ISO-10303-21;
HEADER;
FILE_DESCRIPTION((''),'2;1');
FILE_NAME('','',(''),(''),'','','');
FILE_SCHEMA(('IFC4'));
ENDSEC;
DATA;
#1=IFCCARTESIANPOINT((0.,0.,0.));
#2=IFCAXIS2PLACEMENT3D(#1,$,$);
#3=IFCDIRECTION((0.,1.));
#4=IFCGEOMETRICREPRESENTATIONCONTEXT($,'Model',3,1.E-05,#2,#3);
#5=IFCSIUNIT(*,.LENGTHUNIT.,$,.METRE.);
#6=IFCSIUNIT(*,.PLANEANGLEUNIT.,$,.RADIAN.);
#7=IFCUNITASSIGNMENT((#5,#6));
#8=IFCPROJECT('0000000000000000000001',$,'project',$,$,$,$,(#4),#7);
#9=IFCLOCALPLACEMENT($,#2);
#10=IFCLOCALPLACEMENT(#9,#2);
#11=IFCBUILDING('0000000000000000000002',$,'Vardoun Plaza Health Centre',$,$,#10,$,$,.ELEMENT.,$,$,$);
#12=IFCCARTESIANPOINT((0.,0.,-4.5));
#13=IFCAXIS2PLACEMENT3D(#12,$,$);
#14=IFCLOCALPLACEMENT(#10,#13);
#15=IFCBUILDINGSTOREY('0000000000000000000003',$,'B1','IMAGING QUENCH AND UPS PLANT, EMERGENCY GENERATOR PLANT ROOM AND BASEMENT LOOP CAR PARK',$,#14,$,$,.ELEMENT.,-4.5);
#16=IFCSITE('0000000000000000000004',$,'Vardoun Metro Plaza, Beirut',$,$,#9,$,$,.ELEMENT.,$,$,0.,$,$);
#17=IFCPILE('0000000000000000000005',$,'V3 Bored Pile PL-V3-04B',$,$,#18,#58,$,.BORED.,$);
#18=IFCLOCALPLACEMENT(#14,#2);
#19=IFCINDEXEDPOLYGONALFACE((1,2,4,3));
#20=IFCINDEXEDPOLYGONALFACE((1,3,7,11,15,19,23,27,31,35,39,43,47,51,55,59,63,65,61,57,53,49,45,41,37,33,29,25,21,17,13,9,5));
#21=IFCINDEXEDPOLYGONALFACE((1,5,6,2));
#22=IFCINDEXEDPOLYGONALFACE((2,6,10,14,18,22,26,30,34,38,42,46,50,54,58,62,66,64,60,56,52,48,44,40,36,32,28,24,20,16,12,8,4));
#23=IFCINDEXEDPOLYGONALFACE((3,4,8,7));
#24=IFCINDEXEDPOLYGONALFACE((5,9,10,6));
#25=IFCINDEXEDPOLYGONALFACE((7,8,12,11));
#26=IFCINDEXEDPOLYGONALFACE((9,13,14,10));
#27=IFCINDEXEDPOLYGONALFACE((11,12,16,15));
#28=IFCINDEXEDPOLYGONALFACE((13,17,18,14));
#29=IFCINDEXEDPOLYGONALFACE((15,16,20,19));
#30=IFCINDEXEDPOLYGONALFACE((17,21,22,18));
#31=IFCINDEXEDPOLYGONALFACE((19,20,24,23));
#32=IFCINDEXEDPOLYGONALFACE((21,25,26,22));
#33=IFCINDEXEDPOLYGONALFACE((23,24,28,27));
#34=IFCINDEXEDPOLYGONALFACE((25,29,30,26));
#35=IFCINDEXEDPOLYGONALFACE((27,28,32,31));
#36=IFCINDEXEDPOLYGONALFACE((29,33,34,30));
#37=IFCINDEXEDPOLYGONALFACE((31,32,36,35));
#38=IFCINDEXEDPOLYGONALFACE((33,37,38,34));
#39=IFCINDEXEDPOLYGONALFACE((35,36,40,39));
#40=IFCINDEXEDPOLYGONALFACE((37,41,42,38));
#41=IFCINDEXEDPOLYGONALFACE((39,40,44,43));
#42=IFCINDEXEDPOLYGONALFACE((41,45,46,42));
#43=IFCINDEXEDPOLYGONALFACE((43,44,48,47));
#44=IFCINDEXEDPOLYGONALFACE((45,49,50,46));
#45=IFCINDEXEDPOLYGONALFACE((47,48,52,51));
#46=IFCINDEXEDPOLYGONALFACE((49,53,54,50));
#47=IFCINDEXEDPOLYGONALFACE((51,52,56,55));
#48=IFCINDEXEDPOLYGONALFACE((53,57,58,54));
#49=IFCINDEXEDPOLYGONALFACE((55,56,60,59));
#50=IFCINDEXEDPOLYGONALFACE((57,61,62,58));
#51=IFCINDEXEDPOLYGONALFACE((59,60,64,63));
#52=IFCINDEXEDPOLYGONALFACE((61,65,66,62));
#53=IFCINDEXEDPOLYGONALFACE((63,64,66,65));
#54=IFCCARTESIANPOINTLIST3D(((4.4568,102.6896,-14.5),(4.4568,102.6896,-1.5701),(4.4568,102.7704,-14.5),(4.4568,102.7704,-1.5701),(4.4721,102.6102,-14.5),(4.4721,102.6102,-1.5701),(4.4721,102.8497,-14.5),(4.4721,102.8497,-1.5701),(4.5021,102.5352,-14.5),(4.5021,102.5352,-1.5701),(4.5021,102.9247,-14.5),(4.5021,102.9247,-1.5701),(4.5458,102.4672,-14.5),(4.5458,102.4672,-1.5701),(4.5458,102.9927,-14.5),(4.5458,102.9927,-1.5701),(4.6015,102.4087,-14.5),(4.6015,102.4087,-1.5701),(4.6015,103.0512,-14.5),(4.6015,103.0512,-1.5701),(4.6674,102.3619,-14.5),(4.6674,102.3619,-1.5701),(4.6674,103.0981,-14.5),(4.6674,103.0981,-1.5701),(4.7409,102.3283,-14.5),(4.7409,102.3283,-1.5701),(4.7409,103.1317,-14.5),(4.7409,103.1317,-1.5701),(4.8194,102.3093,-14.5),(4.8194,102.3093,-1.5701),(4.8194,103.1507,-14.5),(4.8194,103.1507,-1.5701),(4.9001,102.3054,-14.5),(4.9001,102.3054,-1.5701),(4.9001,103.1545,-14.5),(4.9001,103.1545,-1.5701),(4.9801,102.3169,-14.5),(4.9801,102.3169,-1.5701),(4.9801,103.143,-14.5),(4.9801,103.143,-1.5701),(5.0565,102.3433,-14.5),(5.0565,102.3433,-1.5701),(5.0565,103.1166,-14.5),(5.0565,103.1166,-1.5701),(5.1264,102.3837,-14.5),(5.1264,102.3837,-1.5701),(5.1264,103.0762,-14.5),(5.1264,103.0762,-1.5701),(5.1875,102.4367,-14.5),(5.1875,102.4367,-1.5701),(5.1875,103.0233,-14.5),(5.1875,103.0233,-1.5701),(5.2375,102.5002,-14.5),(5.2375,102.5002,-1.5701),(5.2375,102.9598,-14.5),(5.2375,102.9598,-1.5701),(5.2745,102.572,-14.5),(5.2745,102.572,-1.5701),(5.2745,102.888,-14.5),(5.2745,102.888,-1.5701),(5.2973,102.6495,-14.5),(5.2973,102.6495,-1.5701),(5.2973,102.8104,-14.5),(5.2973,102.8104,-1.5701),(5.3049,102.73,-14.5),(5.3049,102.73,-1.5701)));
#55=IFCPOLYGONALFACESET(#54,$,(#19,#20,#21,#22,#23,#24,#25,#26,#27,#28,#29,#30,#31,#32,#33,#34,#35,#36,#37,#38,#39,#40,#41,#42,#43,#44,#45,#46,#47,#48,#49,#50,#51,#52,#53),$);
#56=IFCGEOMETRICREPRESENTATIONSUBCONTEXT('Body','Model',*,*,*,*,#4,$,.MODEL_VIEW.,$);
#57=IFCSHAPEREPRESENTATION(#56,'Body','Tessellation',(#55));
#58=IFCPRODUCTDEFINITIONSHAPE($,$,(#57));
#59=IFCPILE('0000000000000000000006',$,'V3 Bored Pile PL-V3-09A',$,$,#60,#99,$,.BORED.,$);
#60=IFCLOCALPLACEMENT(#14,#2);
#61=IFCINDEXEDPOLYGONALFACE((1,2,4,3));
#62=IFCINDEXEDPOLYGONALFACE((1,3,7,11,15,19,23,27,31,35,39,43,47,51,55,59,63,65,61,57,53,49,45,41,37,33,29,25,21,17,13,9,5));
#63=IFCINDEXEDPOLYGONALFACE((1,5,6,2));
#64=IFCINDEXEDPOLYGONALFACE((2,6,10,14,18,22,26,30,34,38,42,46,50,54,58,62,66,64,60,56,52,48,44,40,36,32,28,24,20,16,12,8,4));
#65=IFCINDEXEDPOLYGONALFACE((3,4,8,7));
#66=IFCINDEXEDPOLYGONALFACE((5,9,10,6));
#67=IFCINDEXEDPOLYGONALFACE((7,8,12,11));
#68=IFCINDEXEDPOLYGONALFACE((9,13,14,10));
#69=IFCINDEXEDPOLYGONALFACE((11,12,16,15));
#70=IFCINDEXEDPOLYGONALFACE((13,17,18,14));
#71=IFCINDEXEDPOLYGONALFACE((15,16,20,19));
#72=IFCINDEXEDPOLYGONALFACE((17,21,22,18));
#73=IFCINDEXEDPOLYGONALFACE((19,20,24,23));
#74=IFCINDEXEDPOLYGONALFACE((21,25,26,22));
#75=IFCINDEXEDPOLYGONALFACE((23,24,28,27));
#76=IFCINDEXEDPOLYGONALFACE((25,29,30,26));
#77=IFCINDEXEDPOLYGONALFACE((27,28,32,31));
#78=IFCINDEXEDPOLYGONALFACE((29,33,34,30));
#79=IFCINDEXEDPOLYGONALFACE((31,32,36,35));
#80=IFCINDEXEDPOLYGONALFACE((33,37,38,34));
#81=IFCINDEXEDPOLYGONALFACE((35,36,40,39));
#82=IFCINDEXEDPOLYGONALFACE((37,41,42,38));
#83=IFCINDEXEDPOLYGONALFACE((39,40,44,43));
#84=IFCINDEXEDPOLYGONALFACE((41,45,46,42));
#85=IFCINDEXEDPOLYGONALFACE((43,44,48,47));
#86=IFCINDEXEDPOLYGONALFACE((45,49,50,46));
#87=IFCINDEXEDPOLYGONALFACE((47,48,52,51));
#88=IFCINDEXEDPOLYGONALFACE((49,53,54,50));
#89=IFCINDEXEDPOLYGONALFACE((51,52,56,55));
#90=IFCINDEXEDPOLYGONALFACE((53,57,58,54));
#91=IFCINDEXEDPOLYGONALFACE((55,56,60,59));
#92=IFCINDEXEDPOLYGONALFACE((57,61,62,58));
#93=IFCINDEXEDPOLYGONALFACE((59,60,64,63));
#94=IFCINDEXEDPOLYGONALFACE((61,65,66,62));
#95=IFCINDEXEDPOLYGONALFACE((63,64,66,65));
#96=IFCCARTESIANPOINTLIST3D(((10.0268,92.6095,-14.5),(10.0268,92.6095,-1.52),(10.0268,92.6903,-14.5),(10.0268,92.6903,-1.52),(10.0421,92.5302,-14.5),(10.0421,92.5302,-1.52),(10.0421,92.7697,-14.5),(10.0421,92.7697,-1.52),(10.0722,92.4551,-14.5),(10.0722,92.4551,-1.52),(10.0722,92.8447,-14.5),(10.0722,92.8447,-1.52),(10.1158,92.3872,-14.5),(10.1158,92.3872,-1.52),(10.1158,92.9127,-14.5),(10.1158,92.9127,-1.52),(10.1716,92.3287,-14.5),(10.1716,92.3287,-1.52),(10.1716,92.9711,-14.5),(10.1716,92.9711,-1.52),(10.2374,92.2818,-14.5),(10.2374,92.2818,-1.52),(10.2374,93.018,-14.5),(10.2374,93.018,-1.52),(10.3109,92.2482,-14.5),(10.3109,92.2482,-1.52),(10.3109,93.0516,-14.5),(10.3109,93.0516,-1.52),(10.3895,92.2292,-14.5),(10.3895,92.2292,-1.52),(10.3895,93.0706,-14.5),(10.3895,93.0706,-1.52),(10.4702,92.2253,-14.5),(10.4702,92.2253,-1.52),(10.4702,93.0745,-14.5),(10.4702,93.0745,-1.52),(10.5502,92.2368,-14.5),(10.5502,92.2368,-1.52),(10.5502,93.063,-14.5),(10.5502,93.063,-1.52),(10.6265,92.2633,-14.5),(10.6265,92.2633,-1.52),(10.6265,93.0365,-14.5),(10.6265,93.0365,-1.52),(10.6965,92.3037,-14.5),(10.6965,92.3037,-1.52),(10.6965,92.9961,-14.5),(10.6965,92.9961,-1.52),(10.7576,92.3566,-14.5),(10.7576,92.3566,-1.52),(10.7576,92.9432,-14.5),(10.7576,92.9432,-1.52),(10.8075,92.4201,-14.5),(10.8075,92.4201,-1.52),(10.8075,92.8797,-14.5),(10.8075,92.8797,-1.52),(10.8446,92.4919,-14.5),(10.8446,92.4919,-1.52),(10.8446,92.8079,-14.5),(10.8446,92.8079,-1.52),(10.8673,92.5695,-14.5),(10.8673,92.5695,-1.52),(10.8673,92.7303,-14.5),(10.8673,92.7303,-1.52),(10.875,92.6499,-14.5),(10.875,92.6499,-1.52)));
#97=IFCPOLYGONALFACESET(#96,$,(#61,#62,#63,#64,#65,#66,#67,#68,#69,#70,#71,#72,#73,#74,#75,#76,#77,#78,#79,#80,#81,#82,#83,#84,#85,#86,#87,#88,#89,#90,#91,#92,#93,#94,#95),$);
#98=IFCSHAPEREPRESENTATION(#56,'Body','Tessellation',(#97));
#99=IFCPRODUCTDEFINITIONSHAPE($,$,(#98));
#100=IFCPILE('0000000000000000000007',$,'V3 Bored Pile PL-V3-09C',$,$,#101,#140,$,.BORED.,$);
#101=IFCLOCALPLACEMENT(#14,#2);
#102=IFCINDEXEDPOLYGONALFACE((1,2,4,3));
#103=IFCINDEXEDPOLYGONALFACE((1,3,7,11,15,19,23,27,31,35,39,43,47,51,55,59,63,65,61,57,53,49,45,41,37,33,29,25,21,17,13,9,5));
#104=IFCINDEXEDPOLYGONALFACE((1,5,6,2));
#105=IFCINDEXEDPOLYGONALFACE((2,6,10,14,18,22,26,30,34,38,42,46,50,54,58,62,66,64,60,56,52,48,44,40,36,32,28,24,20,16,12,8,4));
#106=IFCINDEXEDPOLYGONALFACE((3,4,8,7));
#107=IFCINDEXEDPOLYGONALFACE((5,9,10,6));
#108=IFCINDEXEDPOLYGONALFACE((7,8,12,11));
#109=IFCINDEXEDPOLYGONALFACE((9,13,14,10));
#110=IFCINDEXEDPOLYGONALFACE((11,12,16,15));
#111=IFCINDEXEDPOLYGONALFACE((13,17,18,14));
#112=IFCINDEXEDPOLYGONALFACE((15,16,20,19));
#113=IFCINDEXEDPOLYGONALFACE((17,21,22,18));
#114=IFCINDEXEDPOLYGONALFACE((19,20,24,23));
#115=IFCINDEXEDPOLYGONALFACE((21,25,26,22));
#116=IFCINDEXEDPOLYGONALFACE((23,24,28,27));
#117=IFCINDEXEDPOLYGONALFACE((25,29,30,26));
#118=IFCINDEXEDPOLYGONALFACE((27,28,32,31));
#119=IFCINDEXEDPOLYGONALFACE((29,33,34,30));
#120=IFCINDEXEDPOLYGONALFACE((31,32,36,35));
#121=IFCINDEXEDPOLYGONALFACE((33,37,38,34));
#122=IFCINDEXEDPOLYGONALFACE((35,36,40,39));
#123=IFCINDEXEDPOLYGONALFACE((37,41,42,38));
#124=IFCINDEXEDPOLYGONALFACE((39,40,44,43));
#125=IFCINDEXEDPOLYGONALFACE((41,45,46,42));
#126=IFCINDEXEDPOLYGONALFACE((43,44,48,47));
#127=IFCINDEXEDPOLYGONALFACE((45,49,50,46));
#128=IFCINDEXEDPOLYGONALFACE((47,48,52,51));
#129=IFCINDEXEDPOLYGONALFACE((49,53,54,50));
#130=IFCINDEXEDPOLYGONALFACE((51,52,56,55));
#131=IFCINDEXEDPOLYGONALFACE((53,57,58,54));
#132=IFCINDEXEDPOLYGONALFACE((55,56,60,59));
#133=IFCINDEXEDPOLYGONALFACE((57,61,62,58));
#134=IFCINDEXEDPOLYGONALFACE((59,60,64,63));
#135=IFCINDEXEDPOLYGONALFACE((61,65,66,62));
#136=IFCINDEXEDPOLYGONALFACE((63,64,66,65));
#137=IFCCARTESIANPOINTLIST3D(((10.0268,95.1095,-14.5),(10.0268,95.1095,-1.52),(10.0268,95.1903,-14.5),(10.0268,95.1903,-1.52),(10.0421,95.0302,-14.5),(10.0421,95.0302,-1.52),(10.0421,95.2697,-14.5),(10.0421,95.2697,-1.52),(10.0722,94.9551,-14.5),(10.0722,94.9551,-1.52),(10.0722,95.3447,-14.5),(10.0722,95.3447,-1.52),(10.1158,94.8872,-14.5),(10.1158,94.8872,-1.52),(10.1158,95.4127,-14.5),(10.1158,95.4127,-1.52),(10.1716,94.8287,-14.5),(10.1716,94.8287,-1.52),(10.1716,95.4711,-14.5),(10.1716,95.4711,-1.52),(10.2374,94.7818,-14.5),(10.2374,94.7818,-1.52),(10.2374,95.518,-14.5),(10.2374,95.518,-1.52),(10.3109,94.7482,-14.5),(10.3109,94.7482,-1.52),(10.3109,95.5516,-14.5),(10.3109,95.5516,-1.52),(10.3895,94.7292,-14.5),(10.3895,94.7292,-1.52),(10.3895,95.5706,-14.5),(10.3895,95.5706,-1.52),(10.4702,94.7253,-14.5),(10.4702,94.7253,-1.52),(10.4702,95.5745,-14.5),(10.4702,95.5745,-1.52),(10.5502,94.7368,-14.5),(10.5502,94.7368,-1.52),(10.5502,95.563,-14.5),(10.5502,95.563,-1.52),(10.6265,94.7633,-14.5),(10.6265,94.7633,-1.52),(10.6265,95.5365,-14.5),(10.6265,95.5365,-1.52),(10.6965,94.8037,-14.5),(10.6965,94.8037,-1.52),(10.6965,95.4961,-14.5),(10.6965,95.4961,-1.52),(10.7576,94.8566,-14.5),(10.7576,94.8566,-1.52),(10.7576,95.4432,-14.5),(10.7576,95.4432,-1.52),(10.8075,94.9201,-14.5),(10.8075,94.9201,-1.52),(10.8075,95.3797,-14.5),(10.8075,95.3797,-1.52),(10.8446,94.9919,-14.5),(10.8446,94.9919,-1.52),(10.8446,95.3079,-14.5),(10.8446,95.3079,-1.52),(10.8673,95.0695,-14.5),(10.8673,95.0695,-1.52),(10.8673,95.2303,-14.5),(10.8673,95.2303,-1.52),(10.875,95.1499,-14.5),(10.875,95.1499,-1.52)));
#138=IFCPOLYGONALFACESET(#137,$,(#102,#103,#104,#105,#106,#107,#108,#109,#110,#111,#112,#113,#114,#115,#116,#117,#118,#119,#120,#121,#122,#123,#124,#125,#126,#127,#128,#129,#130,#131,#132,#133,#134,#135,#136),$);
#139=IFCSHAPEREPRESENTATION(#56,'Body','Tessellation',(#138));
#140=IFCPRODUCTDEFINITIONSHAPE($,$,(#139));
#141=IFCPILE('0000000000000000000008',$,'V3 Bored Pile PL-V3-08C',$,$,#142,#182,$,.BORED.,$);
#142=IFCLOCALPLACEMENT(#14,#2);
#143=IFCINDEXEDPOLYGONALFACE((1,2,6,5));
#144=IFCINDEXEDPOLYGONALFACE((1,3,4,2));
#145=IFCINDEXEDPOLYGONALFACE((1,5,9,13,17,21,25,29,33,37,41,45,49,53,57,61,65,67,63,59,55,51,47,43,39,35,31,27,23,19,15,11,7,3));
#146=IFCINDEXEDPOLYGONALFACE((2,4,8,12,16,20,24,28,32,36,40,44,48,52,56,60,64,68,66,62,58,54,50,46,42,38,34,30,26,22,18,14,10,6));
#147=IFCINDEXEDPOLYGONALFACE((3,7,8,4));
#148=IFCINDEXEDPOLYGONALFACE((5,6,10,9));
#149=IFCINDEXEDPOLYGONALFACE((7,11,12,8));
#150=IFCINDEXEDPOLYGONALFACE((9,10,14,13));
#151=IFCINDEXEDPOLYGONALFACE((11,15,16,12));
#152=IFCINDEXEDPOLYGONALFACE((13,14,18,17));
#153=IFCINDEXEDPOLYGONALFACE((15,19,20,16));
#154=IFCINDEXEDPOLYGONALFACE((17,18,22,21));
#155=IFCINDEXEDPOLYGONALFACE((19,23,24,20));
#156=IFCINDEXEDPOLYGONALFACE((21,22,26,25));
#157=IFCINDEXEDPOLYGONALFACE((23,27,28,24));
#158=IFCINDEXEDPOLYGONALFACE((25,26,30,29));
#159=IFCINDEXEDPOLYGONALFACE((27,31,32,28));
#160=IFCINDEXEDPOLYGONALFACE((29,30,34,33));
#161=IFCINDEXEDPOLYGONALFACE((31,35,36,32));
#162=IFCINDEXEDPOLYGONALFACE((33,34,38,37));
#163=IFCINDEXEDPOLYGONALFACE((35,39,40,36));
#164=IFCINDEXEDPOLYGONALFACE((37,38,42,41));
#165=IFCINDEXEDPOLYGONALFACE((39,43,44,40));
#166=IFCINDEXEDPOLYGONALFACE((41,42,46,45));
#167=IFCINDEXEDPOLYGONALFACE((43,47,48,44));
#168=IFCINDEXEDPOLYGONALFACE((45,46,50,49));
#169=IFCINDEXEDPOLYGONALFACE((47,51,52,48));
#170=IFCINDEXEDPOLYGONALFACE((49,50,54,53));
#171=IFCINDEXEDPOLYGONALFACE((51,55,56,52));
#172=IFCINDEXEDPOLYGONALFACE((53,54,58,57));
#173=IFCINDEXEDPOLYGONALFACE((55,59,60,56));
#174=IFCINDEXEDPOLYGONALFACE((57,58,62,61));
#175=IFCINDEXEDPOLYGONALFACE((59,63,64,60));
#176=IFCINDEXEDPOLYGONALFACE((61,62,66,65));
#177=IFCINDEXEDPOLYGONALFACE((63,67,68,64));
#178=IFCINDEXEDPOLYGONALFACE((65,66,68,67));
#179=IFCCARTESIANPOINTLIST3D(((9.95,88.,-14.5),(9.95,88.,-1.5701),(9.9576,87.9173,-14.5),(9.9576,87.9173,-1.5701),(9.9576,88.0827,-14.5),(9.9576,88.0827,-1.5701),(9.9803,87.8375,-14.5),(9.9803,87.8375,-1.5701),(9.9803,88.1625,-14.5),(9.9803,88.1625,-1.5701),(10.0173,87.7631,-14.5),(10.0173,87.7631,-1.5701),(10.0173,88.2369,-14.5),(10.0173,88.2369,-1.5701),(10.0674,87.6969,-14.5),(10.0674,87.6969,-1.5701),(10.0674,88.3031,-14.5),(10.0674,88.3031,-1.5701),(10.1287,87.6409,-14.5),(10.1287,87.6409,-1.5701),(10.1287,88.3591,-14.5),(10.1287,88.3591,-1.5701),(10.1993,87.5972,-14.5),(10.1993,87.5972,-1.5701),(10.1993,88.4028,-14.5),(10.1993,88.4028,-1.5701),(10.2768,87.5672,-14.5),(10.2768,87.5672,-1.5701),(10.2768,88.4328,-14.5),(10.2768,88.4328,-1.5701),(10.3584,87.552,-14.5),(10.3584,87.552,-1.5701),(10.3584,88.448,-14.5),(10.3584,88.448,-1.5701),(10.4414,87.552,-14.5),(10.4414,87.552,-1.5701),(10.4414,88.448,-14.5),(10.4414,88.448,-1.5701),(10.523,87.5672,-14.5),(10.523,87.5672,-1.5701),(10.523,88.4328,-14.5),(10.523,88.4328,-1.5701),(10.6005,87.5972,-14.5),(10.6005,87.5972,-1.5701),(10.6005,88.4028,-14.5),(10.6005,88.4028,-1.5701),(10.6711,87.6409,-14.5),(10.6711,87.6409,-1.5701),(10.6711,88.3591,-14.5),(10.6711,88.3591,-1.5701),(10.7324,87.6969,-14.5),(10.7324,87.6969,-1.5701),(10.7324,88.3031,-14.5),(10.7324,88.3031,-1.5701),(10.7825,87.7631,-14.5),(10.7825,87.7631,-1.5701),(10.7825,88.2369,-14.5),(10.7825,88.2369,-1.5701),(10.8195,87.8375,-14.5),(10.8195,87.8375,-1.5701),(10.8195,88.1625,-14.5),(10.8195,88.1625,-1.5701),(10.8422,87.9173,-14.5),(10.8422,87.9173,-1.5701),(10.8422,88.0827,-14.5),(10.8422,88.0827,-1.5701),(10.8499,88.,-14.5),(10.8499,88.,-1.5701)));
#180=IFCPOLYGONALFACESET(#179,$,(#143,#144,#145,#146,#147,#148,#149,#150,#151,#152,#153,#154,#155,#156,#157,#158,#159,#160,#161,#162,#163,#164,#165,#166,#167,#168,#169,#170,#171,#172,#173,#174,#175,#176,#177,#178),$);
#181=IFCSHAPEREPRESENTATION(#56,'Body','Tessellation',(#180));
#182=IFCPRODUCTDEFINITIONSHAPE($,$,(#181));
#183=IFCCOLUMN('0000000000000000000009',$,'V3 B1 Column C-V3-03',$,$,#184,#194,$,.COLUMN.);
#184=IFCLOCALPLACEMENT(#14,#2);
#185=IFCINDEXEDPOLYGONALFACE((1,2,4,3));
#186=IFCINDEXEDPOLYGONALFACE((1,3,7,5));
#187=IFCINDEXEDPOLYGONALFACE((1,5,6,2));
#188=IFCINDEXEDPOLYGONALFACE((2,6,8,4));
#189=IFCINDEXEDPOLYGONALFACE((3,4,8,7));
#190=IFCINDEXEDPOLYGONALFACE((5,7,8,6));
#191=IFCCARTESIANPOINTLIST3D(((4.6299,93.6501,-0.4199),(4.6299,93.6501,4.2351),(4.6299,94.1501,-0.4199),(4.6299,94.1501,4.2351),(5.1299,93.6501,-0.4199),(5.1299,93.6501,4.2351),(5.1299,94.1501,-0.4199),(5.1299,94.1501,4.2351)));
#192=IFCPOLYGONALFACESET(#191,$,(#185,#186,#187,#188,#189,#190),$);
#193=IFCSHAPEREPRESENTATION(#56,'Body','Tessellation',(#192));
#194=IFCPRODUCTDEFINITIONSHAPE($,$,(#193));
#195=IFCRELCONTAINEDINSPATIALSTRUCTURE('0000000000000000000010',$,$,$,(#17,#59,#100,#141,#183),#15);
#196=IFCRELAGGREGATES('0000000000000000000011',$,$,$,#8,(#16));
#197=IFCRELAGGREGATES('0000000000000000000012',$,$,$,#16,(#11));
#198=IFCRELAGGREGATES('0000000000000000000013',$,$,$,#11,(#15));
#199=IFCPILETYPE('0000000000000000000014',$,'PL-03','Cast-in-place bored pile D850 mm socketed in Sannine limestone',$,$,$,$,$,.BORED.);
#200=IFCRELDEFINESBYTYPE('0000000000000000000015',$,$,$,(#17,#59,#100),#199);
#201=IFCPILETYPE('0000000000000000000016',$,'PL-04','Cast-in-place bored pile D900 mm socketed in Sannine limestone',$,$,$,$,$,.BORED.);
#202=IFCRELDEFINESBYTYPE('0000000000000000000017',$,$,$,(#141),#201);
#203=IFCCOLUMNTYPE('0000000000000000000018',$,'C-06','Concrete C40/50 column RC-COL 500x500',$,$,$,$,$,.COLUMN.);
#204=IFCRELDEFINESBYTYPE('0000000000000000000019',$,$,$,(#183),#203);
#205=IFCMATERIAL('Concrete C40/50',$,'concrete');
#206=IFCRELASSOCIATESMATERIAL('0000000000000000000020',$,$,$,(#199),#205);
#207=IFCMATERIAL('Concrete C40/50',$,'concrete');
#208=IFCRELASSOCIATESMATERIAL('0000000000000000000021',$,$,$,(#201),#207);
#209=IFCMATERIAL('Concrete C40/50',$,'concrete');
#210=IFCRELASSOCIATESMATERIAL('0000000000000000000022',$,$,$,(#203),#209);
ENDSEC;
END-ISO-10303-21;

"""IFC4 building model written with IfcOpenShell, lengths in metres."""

from ifc_helpers import new_model, si_unit, direction, frame, origin, origin_2d, place, context, subcontext, project, spatial, rectangle, circle, extrude, material, material_profile, profile_set, type_object, element, save


model = new_model("IFC4")

# Units and contexts
model_context = context("Model", 3, precision=1e-05, world=origin(), true_north=direction((0.0, 1.0)))
body_context = subcontext(model_context, "Body", "Model", "MODEL_VIEW")
ifc_project = project(units=[si_unit("LENGTHUNIT", "METRE"), si_unit("PLANEANGLEUNIT", "RADIAN")], contexts=[model_context])

# Site, building, storey
site_placement = place(None, origin())
site = spatial("IfcSite", under=ifc_project, at=site_placement, Name="Vardoun Metro Plaza, Beirut", CompositionType="ELEMENT", RefElevation=0.0)
building_placement = place(site_placement, origin())
building = spatial("IfcBuilding", under=site, at=building_placement, Name="Vardoun Plaza Health Centre", CompositionType="ELEMENT")
storey_placement = place(building_placement, frame((0.0, 0.0, -4.5)))
storey = spatial("IfcBuildingStorey", under=building, at=storey_placement, Name="B1", Description="IMAGING QUENCH AND UPS PLANT, EMERGENCY GENERATOR PLANT ROOM AND BASEMENT LOOP CAR PARK", CompositionType="ELEMENT", Elevation=-4.5)

# Piles
ifc_material_1 = material(Name="Concrete C40/50", Category="concrete")
ifc_material_profile_1 = material_profile(ifc_material_1, circle(Radius=0.425, at=origin_2d()), Name="PILE D850")
ifc_profile_set_1 = profile_set([ifc_material_profile_1], Name="Concrete C40/50")
pile_type_1 = type_object("IfcPileType", Name="PL-03", Description="Cast-in-place bored pile D850 mm socketed in Sannine limestone", PredefinedType="BORED", material=ifc_profile_set_1)
for number, where, z_axis, x_axis, name in (
    (1, (4.8799, 102.73, -1.5701), (0.0, 0.0, -1.0), (1.0, 0.0, 0.0), "V3 Bored Pile PL-V3-04B"),
):
    element("IfcPile", number, at=place(storey_placement, frame(where, z_axis=z_axis, x_axis=x_axis)), inside=storey, type_object=pile_type_1, Name=name, PredefinedType="BORED", context=body_context, shape_type="SweptSolid", body=[
        extrude(circle(Radius=0.425, at=origin_2d()), origin(), (0.0, 0.0, 1.0), 12.9299),
    ])
for number, where, z_axis, x_axis, name in (
    (2, (10.45, 92.6499, -1.52), (0.0, 0.0, -1.0), (1.0, 0.0, 0.0), "V3 Bored Pile PL-V3-09A"),
    (3, (10.45, 95.1499, -1.52), (0.0, 0.0, -1.0), (1.0, 0.0, 0.0), "V3 Bored Pile PL-V3-09C"),
):
    element("IfcPile", number, at=place(storey_placement, frame(where, z_axis=z_axis, x_axis=x_axis)), inside=storey, type_object=pile_type_1, Name=name, PredefinedType="BORED", context=body_context, shape_type="SweptSolid", body=[
        extrude(circle(Radius=0.425, at=origin_2d()), origin(), (0.0, 0.0, 1.0), 12.98),
    ])
ifc_material_2 = material(Name="Concrete C40/50", Category="concrete")
ifc_material_profile_2 = material_profile(ifc_material_2, circle(Radius=0.45, at=origin_2d()), Name="PILE D900")
ifc_profile_set_2 = profile_set([ifc_material_profile_2], Name="Concrete C40/50")
pile_type_2 = type_object("IfcPileType", Name="PL-04", Description="Cast-in-place bored pile D900 mm socketed in Sannine limestone", PredefinedType="BORED", material=ifc_profile_set_2)
pile_1_placement = place(storey_placement, frame((10.3999, 88.0, -1.5701), z_axis=(0.0, 0.0, -1.0), x_axis=(1.0, 0.0, 0.0)))
element("IfcPile", 4, at=pile_1_placement, inside=storey, type_object=pile_type_2, Name="V3 Bored Pile PL-V3-08C", PredefinedType="BORED", context=body_context, shape_type="SweptSolid", body=[
    extrude(circle(Radius=0.45, at=origin_2d()), origin(), (0.0, 0.0, 1.0), 12.9299),
])

# Column
ifc_material_3 = material(Name="Concrete C40/50", Category="concrete")
ifc_material_profile_3 = material_profile(ifc_material_3, rectangle(XDim=0.5, YDim=0.5, at=origin_2d()), Name="RC-COL 500x500")
ifc_profile_set_3 = profile_set([ifc_material_profile_3], Name="Concrete C40/50")
column_type_1 = type_object("IfcColumnType", Name="C-06", Description="Concrete C40/50 column RC-COL 500x500", PredefinedType="COLUMN", material=ifc_profile_set_3)
for number, where, z_axis, x_axis, name in (
    (5, (4.8799, 93.9001, -0.4199), (0.0, 0.0, 1.0), (1.0, 0.0, 0.0), "V3 B1 Column C-V3-03"),
):
    element("IfcColumn", number, at=place(storey_placement, frame(where, z_axis=z_axis, x_axis=x_axis)), inside=storey, type_object=column_type_1, Name=name, PredefinedType="COLUMN", context=body_context, shape_type="SweptSolid", body=[
        extrude(rectangle(XDim=0.5, YDim=0.5, at=origin_2d()), origin(), (0.0, 0.0, 1.0), 4.655),
    ])

save(model, "model.ifc")
